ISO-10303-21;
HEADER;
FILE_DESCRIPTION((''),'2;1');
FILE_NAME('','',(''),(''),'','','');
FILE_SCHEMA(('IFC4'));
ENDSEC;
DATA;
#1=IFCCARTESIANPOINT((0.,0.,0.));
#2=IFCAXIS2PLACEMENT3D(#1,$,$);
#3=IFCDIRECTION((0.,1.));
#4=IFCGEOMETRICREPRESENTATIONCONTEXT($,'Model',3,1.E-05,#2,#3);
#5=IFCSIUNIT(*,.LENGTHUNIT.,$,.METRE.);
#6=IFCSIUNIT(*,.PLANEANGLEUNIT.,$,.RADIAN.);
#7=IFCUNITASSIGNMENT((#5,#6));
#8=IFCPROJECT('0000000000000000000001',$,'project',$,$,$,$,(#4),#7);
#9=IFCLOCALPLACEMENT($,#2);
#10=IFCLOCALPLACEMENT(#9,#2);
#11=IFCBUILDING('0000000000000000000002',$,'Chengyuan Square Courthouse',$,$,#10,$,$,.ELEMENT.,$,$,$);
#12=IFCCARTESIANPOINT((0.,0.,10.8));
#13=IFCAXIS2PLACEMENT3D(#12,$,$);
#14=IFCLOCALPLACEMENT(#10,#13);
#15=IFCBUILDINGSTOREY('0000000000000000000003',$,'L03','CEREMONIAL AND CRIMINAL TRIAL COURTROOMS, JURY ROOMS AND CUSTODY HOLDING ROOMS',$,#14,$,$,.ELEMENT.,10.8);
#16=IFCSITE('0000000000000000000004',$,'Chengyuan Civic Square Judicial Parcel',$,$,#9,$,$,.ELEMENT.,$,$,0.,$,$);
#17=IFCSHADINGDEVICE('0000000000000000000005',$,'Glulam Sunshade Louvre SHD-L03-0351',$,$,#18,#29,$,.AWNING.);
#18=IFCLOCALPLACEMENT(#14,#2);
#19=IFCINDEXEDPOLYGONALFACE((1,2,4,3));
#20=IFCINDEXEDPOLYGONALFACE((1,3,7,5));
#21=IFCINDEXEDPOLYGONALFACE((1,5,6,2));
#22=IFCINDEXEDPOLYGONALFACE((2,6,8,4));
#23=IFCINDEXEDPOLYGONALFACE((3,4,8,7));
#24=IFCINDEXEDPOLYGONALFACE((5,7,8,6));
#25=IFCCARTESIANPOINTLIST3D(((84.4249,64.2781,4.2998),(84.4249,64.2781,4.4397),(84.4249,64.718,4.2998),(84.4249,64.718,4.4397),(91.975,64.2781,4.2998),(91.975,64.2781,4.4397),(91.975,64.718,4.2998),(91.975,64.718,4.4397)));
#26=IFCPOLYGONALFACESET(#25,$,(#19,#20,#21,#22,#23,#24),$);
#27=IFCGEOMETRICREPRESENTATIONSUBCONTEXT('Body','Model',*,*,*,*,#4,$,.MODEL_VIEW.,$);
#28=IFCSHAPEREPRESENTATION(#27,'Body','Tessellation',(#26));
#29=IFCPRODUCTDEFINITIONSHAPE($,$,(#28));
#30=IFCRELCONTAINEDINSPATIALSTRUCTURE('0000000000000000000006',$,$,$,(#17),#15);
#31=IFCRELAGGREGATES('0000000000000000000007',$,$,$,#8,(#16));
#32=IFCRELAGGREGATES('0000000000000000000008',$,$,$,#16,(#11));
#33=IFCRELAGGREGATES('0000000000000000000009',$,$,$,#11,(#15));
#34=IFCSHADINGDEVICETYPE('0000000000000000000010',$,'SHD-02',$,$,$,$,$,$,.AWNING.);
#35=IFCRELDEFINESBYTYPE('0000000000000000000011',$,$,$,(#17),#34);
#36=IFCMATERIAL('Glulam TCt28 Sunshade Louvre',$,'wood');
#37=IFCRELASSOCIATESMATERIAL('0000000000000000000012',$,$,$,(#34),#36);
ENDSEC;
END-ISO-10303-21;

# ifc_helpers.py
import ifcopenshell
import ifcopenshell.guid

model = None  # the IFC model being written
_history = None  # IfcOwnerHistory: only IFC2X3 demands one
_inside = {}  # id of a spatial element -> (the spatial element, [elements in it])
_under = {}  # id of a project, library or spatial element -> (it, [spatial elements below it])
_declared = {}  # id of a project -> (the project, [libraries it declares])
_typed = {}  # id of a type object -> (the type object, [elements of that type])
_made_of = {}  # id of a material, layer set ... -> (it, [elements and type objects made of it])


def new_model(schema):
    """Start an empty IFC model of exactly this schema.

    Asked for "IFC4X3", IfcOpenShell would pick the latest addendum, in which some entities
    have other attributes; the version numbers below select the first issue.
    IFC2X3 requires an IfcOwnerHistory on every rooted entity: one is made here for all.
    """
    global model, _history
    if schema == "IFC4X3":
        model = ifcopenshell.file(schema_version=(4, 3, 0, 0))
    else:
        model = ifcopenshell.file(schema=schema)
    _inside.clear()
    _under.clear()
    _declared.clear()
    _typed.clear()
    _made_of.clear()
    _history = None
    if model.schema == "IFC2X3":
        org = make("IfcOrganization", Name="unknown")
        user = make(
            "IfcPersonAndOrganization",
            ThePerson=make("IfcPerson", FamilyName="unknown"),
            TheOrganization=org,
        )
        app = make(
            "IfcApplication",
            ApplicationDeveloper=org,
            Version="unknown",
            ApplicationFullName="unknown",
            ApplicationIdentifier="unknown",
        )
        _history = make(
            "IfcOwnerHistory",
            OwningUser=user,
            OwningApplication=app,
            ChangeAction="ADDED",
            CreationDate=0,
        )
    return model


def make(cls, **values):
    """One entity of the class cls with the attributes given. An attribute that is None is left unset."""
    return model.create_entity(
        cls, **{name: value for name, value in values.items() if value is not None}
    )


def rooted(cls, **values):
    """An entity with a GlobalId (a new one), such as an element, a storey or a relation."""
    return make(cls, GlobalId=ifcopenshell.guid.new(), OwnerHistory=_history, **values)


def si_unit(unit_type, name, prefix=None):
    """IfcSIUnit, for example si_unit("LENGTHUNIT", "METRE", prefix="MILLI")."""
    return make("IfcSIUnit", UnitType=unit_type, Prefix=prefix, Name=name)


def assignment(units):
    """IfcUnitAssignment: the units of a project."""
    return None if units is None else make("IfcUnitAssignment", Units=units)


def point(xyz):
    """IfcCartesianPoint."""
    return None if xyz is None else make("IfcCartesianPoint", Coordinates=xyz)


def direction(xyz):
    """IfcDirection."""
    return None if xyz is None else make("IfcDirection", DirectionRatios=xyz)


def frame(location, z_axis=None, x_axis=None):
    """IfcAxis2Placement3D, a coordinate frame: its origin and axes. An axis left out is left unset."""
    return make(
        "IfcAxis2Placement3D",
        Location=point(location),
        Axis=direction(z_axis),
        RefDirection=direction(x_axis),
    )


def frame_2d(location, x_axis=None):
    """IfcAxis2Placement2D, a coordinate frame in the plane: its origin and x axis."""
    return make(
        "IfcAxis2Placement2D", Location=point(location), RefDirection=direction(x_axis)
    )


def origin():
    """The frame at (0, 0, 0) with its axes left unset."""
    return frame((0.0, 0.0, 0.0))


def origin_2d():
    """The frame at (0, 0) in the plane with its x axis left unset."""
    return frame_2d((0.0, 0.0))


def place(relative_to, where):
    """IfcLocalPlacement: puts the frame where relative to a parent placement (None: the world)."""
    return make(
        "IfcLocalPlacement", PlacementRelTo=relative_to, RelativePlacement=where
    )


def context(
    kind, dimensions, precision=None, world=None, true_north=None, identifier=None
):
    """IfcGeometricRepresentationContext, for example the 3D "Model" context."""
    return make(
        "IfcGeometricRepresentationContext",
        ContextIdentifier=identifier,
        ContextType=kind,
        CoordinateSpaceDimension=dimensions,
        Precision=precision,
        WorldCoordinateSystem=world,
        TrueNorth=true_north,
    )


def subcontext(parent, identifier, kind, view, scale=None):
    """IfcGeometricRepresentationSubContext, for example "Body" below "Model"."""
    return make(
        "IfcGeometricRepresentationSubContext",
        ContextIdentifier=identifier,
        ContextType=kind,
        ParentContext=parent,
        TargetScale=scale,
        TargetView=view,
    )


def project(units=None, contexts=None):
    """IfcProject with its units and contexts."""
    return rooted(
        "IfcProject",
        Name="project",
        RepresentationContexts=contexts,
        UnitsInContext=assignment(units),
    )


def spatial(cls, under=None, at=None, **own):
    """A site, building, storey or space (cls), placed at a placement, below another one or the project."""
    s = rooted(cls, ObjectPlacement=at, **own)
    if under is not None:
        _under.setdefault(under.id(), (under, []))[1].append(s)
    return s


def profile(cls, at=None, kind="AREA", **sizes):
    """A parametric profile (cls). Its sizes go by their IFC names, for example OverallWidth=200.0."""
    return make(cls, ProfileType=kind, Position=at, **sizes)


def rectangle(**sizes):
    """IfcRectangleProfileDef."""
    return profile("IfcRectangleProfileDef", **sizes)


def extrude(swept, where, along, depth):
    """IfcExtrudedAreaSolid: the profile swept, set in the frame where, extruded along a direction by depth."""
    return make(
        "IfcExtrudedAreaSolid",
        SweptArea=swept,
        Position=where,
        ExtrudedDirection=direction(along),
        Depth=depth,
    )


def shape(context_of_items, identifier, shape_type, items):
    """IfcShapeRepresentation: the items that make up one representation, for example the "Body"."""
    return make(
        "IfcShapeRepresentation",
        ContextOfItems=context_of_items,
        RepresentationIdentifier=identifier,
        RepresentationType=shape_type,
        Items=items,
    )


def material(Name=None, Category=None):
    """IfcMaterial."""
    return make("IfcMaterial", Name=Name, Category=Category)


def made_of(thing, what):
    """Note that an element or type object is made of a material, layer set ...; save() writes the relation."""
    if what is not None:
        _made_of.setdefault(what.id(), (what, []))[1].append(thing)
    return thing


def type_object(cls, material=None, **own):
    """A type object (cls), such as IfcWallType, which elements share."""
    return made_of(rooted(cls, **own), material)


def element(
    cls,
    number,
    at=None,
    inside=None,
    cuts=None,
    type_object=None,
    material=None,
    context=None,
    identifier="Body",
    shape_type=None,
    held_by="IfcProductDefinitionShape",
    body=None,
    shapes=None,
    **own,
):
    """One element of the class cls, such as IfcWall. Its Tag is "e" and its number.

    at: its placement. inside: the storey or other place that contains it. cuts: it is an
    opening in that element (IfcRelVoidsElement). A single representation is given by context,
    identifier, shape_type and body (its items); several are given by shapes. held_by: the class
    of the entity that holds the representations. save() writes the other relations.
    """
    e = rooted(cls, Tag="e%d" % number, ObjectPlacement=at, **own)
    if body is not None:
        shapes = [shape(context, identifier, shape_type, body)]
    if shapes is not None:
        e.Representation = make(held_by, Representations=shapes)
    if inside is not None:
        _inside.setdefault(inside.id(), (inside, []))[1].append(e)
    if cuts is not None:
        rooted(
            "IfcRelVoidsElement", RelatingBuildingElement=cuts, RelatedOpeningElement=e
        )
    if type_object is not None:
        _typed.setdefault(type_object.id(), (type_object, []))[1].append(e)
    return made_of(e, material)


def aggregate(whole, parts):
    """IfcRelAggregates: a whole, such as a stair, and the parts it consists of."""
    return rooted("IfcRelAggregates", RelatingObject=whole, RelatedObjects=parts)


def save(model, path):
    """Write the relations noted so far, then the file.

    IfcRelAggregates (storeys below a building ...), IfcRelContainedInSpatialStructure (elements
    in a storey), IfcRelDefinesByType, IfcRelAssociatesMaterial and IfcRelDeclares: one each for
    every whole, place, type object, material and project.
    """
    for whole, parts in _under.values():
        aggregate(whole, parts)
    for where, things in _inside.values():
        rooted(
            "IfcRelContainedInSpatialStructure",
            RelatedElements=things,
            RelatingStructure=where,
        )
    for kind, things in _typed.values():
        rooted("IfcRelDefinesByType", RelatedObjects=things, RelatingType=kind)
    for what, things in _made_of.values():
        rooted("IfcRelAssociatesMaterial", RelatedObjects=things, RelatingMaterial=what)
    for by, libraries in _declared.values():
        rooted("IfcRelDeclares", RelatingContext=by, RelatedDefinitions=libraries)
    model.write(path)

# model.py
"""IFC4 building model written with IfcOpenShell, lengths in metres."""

from ifc_helpers import new_model, si_unit, direction, frame, origin, origin_2d, place, context, subcontext, project, spatial, rectangle, extrude, material, type_object, element, save


model = new_model("IFC4")

# Units and contexts
model_context = context("Model", 3, precision=1e-05, world=origin(), true_north=direction((0.0, 1.0)))
body_context = subcontext(model_context, "Body", "Model", "MODEL_VIEW")
ifc_project = project(units=[si_unit("LENGTHUNIT", "METRE"), si_unit("PLANEANGLEUNIT", "RADIAN")], contexts=[model_context])

# Site, building, storey
site_placement = place(None, origin())
site = spatial("IfcSite", under=ifc_project, at=site_placement, Name="Chengyuan Civic Square Judicial Parcel", CompositionType="ELEMENT", RefElevation=0.0)
building_placement = place(site_placement, origin())
building = spatial("IfcBuilding", under=site, at=building_placement, Name="Chengyuan Square Courthouse", CompositionType="ELEMENT")
storey_placement = place(building_placement, frame((0.0, 0.0, 10.8)))
storey = spatial("IfcBuildingStorey", under=building, at=storey_placement, Name="L03", Description="CEREMONIAL AND CRIMINAL TRIAL COURTROOMS, JURY ROOMS AND CUSTODY HOLDING ROOMS", CompositionType="ELEMENT", Elevation=10.8)

# Shading device
ifc_material_1 = material(Name="Glulam TCt28 Sunshade Louvre", Category="wood")
shading_device_type_1 = type_object("IfcShadingDeviceType", Name="SHD-02", PredefinedType="AWNING", material=ifc_material_1)
for number, where, z_axis, x_axis, name in (
    (1, (88.2, 64.498, 4.2998), (0.0, 0.0, 1.0), (1.0, 0.0, 0.0), "Glulam Sunshade Louvre SHD-L03-0351"),
):
    element("IfcShadingDevice", number, at=place(storey_placement, frame(where, z_axis=z_axis, x_axis=x_axis)), inside=storey, type_object=shading_device_type_1, Name=name, PredefinedType="AWNING", context=body_context, shape_type="SweptSolid", body=[
        extrude(rectangle(XDim=7.55, YDim=0.4399, at=origin_2d()), origin(), (0.0, 0.0, 1.0), 0.1399),
    ])

save(model, "model.ifc")
